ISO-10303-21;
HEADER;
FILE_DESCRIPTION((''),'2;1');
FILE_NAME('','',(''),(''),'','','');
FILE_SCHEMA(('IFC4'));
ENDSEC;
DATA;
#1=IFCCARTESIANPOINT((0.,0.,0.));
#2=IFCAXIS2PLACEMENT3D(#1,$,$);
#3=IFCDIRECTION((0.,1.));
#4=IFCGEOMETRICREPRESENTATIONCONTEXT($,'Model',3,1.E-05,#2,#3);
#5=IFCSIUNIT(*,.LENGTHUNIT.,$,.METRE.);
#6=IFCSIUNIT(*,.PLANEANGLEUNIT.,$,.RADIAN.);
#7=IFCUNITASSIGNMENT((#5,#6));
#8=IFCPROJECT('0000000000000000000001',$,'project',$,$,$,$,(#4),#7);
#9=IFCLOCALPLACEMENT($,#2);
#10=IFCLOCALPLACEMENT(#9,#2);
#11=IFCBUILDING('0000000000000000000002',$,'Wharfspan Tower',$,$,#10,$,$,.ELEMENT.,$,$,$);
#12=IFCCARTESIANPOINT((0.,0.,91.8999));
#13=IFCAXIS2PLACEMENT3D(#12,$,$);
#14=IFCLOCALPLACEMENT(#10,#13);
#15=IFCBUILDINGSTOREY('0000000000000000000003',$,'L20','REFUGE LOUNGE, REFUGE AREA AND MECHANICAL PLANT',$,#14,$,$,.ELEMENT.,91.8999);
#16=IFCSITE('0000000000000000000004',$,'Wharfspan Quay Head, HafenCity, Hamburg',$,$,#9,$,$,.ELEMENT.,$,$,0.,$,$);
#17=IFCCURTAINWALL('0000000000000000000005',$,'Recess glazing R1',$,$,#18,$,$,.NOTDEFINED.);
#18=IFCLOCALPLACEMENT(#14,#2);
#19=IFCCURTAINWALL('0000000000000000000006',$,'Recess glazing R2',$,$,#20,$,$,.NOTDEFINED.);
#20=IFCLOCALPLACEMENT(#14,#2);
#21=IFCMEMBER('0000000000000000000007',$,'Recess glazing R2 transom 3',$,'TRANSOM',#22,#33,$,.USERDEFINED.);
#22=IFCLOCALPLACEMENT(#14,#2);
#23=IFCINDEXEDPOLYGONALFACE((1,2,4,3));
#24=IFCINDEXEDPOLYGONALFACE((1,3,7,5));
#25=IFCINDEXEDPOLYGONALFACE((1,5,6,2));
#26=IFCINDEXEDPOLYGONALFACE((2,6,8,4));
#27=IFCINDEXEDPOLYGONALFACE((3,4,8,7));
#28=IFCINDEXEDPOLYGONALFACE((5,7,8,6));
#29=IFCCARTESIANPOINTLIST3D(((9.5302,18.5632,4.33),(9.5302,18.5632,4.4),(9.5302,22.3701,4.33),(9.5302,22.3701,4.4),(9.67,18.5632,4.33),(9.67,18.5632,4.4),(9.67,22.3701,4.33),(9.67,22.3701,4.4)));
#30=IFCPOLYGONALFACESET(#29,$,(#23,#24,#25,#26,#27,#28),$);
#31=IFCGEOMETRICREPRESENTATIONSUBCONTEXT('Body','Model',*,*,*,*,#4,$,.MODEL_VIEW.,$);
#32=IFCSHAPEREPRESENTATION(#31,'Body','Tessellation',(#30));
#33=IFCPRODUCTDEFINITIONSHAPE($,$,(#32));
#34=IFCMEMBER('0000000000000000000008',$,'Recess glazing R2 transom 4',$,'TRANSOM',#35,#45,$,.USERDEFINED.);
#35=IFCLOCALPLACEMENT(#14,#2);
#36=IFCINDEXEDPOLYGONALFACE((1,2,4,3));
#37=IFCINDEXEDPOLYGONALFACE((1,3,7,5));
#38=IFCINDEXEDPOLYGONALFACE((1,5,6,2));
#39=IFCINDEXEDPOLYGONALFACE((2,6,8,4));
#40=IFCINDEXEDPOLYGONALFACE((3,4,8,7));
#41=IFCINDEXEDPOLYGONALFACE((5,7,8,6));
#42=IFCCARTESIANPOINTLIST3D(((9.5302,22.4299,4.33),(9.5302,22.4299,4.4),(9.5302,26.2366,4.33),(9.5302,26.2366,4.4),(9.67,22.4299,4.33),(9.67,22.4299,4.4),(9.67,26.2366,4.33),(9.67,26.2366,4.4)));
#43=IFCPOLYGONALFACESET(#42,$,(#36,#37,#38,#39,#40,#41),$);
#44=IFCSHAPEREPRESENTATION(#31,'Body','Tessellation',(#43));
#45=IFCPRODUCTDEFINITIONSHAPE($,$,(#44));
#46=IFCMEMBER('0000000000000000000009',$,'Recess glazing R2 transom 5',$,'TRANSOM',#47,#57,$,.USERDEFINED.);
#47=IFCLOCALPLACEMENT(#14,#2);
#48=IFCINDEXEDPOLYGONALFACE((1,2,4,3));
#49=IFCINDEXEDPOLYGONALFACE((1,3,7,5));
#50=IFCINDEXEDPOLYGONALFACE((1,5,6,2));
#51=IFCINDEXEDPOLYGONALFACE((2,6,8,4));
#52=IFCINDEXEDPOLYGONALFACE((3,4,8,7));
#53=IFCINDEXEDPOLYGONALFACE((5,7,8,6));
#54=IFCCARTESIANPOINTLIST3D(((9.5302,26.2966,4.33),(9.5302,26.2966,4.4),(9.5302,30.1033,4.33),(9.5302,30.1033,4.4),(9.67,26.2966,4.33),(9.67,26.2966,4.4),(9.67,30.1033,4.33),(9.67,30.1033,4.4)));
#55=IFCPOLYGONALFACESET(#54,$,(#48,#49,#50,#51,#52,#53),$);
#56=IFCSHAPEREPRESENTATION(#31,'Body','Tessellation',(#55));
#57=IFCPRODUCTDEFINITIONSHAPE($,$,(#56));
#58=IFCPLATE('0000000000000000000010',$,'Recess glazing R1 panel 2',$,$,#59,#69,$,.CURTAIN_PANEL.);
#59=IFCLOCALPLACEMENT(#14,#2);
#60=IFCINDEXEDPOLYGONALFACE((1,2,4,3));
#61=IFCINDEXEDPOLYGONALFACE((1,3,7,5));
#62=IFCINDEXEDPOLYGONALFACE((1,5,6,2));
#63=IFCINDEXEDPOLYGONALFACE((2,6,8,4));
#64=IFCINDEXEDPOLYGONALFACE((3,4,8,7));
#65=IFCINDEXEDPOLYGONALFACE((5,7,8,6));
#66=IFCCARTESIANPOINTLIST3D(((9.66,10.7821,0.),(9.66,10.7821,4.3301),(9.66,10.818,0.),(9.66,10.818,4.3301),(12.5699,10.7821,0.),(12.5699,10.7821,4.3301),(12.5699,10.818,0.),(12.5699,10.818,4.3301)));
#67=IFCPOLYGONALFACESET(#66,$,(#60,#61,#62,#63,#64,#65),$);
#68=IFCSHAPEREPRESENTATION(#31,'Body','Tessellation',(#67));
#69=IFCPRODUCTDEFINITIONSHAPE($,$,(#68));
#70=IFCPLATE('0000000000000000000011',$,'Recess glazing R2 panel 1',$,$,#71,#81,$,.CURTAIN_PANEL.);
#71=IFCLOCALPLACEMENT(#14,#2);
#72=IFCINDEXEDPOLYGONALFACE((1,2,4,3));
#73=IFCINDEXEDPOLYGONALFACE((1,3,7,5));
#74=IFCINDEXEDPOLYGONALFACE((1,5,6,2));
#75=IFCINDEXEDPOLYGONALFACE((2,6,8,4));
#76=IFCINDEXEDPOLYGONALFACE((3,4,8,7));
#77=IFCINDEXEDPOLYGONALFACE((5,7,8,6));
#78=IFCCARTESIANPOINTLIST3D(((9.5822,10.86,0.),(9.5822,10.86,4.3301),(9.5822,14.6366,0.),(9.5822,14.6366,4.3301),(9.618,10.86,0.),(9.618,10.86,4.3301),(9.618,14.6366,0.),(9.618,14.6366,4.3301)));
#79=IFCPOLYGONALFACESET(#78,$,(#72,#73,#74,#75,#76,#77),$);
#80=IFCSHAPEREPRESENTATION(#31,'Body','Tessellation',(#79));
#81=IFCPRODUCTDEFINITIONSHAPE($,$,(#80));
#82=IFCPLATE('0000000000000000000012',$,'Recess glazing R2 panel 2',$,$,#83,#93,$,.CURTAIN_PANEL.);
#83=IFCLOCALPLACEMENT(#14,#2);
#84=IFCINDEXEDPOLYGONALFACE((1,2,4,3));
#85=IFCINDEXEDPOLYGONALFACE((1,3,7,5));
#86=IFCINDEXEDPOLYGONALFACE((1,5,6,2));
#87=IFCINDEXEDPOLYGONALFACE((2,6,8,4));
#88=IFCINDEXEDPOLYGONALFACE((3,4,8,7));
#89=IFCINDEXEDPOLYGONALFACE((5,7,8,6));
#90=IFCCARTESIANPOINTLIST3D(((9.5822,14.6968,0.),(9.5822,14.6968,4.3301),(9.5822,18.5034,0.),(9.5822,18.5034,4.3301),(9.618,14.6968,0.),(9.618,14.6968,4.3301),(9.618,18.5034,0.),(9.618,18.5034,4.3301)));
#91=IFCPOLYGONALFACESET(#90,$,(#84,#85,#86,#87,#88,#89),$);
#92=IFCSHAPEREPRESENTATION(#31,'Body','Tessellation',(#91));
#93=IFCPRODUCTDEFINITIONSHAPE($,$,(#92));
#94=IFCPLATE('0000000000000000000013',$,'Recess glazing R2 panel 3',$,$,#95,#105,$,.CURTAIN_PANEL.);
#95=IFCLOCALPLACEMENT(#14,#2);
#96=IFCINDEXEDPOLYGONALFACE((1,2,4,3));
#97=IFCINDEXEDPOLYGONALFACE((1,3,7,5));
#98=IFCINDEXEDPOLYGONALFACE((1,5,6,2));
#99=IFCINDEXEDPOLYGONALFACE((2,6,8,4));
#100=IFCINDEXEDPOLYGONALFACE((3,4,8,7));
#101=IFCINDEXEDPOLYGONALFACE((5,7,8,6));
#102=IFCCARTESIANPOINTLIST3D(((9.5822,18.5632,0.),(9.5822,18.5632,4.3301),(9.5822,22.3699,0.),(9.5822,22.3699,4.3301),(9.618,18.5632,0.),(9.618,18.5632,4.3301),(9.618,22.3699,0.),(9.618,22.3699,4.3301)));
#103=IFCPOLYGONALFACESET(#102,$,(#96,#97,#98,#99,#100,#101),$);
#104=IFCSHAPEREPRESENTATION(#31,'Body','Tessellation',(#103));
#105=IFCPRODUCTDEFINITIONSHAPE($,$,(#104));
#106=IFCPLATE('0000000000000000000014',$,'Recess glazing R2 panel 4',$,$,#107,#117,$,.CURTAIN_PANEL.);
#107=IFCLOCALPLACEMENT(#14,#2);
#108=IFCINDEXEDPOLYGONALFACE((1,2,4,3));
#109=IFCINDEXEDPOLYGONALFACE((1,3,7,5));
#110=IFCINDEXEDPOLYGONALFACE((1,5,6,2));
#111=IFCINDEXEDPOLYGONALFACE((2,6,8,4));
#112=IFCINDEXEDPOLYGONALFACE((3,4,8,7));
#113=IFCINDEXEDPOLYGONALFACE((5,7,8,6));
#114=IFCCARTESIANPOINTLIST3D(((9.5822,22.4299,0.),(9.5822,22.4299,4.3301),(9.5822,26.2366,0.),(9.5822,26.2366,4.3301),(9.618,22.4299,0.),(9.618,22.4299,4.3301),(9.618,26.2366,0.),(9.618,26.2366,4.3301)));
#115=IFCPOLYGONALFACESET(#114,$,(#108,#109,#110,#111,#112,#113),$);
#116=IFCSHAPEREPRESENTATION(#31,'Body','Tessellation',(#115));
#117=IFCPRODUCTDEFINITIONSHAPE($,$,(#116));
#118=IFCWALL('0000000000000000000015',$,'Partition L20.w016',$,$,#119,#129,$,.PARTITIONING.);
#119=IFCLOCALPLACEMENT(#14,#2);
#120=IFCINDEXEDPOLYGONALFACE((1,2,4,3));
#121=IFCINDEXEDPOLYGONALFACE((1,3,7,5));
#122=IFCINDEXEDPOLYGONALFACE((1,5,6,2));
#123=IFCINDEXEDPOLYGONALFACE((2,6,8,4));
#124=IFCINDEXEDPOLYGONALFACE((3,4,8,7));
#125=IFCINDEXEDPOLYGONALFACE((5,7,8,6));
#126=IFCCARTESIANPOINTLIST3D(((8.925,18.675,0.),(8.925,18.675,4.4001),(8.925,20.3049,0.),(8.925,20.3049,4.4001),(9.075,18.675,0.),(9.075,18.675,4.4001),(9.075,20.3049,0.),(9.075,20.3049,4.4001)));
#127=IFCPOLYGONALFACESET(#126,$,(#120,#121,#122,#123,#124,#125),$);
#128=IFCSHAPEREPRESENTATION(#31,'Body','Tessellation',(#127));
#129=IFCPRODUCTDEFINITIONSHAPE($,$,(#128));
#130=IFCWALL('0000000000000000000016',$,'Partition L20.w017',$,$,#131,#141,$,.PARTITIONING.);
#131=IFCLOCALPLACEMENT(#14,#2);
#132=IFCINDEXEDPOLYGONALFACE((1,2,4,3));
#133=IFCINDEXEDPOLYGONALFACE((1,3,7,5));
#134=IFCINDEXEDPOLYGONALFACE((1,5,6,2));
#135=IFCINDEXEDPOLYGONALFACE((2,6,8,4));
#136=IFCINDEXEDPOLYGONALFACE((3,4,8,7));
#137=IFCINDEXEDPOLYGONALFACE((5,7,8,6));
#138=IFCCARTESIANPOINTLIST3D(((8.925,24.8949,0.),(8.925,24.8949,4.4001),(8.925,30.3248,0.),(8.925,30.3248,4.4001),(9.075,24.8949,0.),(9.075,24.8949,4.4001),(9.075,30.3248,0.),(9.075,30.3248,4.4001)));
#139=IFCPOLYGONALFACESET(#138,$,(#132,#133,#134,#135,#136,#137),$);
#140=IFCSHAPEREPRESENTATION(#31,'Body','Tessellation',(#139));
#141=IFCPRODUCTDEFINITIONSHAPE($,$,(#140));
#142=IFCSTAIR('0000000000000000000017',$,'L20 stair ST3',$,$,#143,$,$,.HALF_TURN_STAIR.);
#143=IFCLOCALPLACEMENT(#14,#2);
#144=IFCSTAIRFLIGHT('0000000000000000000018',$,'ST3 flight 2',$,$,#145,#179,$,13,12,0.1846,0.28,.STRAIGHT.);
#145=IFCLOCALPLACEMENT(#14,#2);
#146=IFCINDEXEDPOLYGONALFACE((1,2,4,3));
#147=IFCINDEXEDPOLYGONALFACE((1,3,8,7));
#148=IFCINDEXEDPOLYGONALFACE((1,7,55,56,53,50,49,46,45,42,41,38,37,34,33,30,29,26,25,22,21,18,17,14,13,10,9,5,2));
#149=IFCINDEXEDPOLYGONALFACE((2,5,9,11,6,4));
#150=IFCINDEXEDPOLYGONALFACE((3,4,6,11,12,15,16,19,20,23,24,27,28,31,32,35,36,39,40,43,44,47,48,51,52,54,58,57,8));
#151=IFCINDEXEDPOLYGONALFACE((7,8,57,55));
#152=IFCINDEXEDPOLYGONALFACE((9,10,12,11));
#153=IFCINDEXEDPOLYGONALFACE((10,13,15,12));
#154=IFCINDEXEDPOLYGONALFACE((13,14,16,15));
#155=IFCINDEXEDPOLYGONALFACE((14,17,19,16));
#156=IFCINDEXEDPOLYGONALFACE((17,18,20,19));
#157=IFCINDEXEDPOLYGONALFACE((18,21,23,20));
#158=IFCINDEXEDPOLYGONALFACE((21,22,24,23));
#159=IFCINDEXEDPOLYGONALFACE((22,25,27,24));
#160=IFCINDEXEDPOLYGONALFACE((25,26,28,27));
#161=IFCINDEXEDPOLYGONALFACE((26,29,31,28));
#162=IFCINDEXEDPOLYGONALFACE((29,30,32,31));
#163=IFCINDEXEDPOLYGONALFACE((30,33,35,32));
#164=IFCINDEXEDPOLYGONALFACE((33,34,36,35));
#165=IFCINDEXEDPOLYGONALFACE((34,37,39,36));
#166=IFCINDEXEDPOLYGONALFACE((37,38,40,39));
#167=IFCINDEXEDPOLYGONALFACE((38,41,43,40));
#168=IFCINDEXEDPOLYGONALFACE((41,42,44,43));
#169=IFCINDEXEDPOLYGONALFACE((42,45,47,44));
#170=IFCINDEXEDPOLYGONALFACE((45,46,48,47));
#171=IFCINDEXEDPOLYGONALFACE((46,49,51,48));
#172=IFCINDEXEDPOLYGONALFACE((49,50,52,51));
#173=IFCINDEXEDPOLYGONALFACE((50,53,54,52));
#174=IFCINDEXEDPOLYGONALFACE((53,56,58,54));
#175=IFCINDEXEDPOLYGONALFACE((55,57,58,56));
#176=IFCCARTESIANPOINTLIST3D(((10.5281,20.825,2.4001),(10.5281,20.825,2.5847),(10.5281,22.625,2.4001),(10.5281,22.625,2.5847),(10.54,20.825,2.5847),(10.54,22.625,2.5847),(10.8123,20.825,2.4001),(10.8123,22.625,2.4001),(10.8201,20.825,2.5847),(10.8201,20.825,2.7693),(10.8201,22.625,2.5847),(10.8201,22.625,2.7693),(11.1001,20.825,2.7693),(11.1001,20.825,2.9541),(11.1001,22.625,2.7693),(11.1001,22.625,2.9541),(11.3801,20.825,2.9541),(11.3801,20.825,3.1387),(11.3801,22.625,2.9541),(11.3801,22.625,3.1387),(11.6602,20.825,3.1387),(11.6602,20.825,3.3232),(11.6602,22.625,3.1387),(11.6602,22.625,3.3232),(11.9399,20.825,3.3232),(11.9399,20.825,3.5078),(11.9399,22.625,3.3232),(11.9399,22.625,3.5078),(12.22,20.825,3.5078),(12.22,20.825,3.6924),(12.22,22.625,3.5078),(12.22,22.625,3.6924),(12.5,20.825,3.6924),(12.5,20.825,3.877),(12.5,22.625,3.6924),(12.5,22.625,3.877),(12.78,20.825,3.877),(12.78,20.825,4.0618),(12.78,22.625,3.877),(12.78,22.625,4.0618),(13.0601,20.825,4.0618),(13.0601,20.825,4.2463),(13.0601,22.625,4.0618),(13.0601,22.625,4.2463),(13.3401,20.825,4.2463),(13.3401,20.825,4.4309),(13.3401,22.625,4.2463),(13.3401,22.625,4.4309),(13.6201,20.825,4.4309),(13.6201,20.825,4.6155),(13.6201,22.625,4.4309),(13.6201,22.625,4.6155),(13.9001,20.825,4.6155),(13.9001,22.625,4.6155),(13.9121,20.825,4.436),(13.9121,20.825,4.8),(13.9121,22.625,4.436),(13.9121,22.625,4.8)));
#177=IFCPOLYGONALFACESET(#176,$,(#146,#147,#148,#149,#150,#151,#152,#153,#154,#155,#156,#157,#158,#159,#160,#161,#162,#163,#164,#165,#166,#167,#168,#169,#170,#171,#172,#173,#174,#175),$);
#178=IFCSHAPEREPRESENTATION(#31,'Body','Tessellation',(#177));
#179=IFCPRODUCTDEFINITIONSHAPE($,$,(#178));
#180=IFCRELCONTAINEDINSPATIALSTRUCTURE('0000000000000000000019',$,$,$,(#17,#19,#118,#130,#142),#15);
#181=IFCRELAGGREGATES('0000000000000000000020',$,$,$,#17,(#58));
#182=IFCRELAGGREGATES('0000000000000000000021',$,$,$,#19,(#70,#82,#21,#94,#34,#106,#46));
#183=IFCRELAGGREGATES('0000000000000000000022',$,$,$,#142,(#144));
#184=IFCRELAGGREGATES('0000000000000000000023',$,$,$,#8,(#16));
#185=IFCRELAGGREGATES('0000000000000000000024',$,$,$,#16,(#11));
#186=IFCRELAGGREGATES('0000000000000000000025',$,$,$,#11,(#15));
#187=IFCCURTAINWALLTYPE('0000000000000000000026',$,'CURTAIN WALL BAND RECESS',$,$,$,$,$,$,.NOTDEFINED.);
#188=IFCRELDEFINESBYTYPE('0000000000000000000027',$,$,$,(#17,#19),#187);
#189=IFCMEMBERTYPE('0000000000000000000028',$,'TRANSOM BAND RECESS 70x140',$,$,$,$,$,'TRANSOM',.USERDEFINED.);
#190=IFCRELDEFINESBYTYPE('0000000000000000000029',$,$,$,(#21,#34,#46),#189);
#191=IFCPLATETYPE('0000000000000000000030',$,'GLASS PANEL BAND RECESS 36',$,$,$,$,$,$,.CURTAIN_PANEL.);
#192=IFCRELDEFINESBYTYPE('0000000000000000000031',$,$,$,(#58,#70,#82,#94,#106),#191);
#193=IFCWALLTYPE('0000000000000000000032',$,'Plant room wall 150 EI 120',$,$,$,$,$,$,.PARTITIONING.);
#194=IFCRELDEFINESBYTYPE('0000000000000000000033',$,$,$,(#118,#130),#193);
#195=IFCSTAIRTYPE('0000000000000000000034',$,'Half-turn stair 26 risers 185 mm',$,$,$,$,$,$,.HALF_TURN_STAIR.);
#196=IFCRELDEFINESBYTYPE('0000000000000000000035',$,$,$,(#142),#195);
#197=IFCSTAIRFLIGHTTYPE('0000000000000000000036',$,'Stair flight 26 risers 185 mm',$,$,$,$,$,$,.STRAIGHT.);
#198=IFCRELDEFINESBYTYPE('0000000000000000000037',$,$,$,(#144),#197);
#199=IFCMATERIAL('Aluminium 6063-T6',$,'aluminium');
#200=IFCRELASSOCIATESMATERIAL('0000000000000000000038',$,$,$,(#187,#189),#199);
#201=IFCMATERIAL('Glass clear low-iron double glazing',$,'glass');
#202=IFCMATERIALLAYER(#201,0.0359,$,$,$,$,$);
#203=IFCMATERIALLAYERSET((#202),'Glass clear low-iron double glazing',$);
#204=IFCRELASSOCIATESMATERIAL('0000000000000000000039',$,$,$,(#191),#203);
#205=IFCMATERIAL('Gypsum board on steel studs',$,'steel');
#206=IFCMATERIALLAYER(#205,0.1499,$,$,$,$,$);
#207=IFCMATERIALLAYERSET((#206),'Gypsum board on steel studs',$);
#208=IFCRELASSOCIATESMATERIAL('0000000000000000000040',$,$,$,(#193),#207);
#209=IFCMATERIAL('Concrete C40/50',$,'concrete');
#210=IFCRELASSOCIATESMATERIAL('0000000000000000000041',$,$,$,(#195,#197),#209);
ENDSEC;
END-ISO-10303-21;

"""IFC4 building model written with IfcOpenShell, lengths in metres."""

from ifc_helpers import new_model, si_unit, direction, frame, frame_2d, origin, origin_2d, place, context, subcontext, project, spatial, polyline, rectangle, outline, extrude, material, layer, layer_set, material_profile, profile_set, type_object, element, aggregate, save


model = new_model("IFC4")

# Units and contexts
model_context = context("Model", 3, precision=1e-05, world=origin(), true_north=direction((0.0, 1.0)))
body_context = subcontext(model_context, "Body", "Model", "MODEL_VIEW")
ifc_project = project(units=[si_unit("LENGTHUNIT", "METRE"), si_unit("PLANEANGLEUNIT", "RADIAN")], contexts=[model_context])

# Site, building, storey
site_placement = place(None, origin())
site = spatial("IfcSite", under=ifc_project, at=site_placement, Name="Wharfspan Quay Head, HafenCity, Hamburg", CompositionType="ELEMENT", RefElevation=0.0)
building_placement = place(site_placement, origin())
building = spatial("IfcBuilding", under=site, at=building_placement, Name="Wharfspan Tower", CompositionType="ELEMENT")
storey_placement = place(building_placement, frame((0.0, 0.0, 91.8999)))
storey = spatial("IfcBuildingStorey", under=building, at=storey_placement, Name="L20", Description="REFUGE LOUNGE, REFUGE AREA AND MECHANICAL PLANT", CompositionType="ELEMENT", Elevation=91.8999)

# Shared definitions
ifc_material_1 = material(Name="Concrete C40/50", Category="concrete")

# Curtain walls
ifc_material_2 = material(Name="Aluminium 6063-T6", Category="aluminium")
curtain_wall_type = type_object("IfcCurtainWallType", Name="CURTAIN WALL BAND RECESS", PredefinedType="NOTDEFINED", material=ifc_material_2)
curtain_wall_1_placement = place(storey_placement, origin())
curtain_wall_1 = element("IfcCurtainWall", 1, at=curtain_wall_1_placement, inside=storey, type_object=curtain_wall_type, Name="Recess glazing R1", PredefinedType="NOTDEFINED")
curtain_wall_2_placement = place(storey_placement, origin())
curtain_wall_2 = element("IfcCurtainWall", 2, at=curtain_wall_2_placement, inside=storey, type_object=curtain_wall_type, Name="Recess glazing R2", PredefinedType="NOTDEFINED")

# Members
ifc_material_profile_1 = material_profile(ifc_material_2, rectangle(XDim=0.1399, YDim=0.0701, at=origin_2d()))
ifc_profile_set_1 = profile_set([ifc_material_profile_1], Name="Aluminium 6063-T6")
member_type_1 = type_object("IfcMemberType", Name="TRANSOM BAND RECESS 70x140", ElementType="TRANSOM", PredefinedType="USERDEFINED", material=ifc_profile_set_1)
member_1_placement = place(storey_placement, frame((9.6001, 18.5632, 4.365), z_axis=(0.0, 1.0, 0.0), x_axis=(-1.0, 0.0, 0.0)))
member_1 = element("IfcMember", 3, at=member_1_placement, type_object=member_type_1, Name="Recess glazing R2 transom 3", ObjectType="TRANSOM", PredefinedType="USERDEFINED", context=body_context, shape_type="SweptSolid", body=[
    extrude(rectangle(XDim=0.1399, YDim=0.0701, at=origin_2d()), origin(), (0.0, 0.0, 1.0), 3.8069),
])
member_2_placement = place(storey_placement, frame((9.6001, 22.4299, 4.365), z_axis=(0.0, 1.0, 0.0), x_axis=(-1.0, 0.0, 0.0)))
member_2 = element("IfcMember", 4, at=member_2_placement, type_object=member_type_1, Name="Recess glazing R2 transom 4", ObjectType="TRANSOM", PredefinedType="USERDEFINED", context=body_context, shape_type="SweptSolid", body=[
    extrude(rectangle(XDim=0.1399, YDim=0.0701, at=origin_2d()), origin(), (0.0, 0.0, 1.0), 3.8066),
])
member_3_placement = place(storey_placement, frame((9.6001, 26.2966, 4.365), z_axis=(0.0, 1.0, 0.0), x_axis=(-1.0, 0.0, 0.0)))
member_3 = element("IfcMember", 5, at=member_3_placement, type_object=member_type_1, Name="Recess glazing R2 transom 5", ObjectType="TRANSOM", PredefinedType="USERDEFINED", context=body_context, shape_type="SweptSolid", body=[
    extrude(rectangle(XDim=0.1399, YDim=0.0701, at=origin_2d()), origin(), (0.0, 0.0, 1.0), 3.8066),
])

# Plates
ifc_material_3 = material(Name="Glass clear low-iron double glazing", Category="glass")
ifc_layer_1 = layer(ifc_material_3, 0.0359)
ifc_layer_set_1 = layer_set([ifc_layer_1], Name="Glass clear low-iron double glazing")
plate_type = type_object("IfcPlateType", Name="GLASS PANEL BAND RECESS 36", PredefinedType="CURTAIN_PANEL", material=ifc_layer_set_1)
plate_1_placement = place(storey_placement, frame((11.115, 10.8, 0.0), z_axis=(0.0, 0.0, 1.0), x_axis=(-1.0, 0.0, 0.0)))
plate_1 = element("IfcPlate", 6, at=plate_1_placement, type_object=plate_type, Name="Recess glazing R1 panel 2", PredefinedType="CURTAIN_PANEL", context=body_context, shape_type="SweptSolid", body=[
    extrude(rectangle(XDim=2.9099, YDim=0.0359, at=origin_2d()), origin(), (0.0, 0.0, 1.0), 4.3301),
])
aggregate(curtain_wall_1, [plate_1])
plate_2_placement = place(storey_placement, frame((9.6001, 12.7483, 0.0), z_axis=(0.0, 0.0, 1.0), x_axis=(0.0, 1.0, 0.0)))
plate_2 = element("IfcPlate", 7, at=plate_2_placement, type_object=plate_type, Name="Recess glazing R2 panel 1", PredefinedType="CURTAIN_PANEL", context=body_context, shape_type="SweptSolid", body=[
    extrude(rectangle(XDim=3.7766, YDim=0.0359, at=origin_2d()), origin(), (0.0, 0.0, 1.0), 4.3301),
])
plate_3_placement = place(storey_placement, frame((9.6001, 16.6001, 0.0), z_axis=(0.0, 0.0, 1.0), x_axis=(0.0, 1.0, 0.0)))
plate_3 = element("IfcPlate", 8, at=plate_3_placement, type_object=plate_type, Name="Recess glazing R2 panel 2", PredefinedType="CURTAIN_PANEL", context=body_context, shape_type="SweptSolid", body=[
    extrude(rectangle(XDim=3.8066, YDim=0.0359, at=origin_2d()), origin(), (0.0, 0.0, 1.0), 4.3301),
])
plate_4_placement = place(storey_placement, frame((9.6001, 20.4666, 0.0), z_axis=(0.0, 0.0, 1.0), x_axis=(0.0, 1.0, 0.0)))
plate_4 = element("IfcPlate", 9, at=plate_4_placement, type_object=plate_type, Name="Recess glazing R2 panel 3", PredefinedType="CURTAIN_PANEL", context=body_context, shape_type="SweptSolid", body=[
    extrude(rectangle(XDim=3.8066, YDim=0.0359, at=origin_2d()), origin(), (0.0, 0.0, 1.0), 4.3301),
])
plate_5_placement = place(storey_placement, frame((9.6001, 24.3333, 0.0), z_axis=(0.0, 0.0, 1.0), x_axis=(0.0, 1.0, 0.0)))
plate_5 = element("IfcPlate", 10, at=plate_5_placement, type_object=plate_type, Name="Recess glazing R2 panel 4", PredefinedType="CURTAIN_PANEL", context=body_context, shape_type="SweptSolid", body=[
    extrude(rectangle(XDim=3.8066, YDim=0.0359, at=origin_2d()), origin(), (0.0, 0.0, 1.0), 4.3301),
])
aggregate(curtain_wall_2, [plate_2, plate_3, member_1, plate_4, member_2, plate_5, member_3])

# Walls
ifc_material_4 = material(Name="Gypsum board on steel studs", Category="steel")
ifc_layer_2 = layer(ifc_material_4, 0.1499)
ifc_layer_set_2 = layer_set([ifc_layer_2], Name="Gypsum board on steel studs")
wall_type = type_object("IfcWallType", Name="Plant room wall 150 EI 120", PredefinedType="PARTITIONING", material=ifc_layer_set_2)
wall_1_placement = place(storey_placement, frame((9.0, 18.675, 0.0), z_axis=(0.0, 0.0, 1.0), x_axis=(0.0, 1.0, 0.0)))
element("IfcWall", 11, at=wall_1_placement, inside=storey, type_object=wall_type, Name="Partition L20.w016", PredefinedType="PARTITIONING", context=body_context, shape_type="SweptSolid", body=[
    extrude(rectangle(XDim=1.6299, YDim=0.1499, at=frame_2d((0.8149, 0.0))), origin(), (0.0, 0.0, 1.0), 4.4001),
])
wall_2_placement = place(storey_placement, frame((9.0, 24.895, 0.0), z_axis=(0.0, 0.0, 1.0), x_axis=(0.0, 1.0, 0.0)))
element("IfcWall", 12, at=wall_2_placement, inside=storey, type_object=wall_type, Name="Partition L20.w017", PredefinedType="PARTITIONING", context=body_context, shape_type="SweptSolid", body=[
    extrude(rectangle(XDim=5.4299, YDim=0.1499, at=frame_2d((2.7148, 0.0))), origin(), (0.0, 0.0, 1.0), 4.4001),
])

# Stair, stair flight
stair_type = type_object("IfcStairType", Name="Half-turn stair 26 risers 185 mm", PredefinedType="HALF_TURN_STAIR", material=ifc_material_1)
stair_placement = place(storey_placement, origin())
stair = element("IfcStair", 13, at=stair_placement, inside=storey, type_object=stair_type, Name="L20 stair ST3", PredefinedType="HALF_TURN_STAIR")
stair_flight_type = type_object("IfcStairFlightType", Name="Stair flight 26 risers 185 mm", PredefinedType="STRAIGHT", material=ifc_material_1)
stair_flight_placement = place(storey_placement, frame((10.54, 21.7251, 2.4001), z_axis=(0.0, 0.0, 1.0), x_axis=(1.0, 0.0, 0.0)))
stair_flight = element("IfcStairFlight", 14, at=stair_flight_placement, type_object=stair_flight_type, Name="ST3 flight 2", NumberOfRisers=13, NumberOfTreads=12, PredefinedType="STRAIGHT", RiserHeight=0.1846, TreadLength=0.28, context=body_context, shape_type="SweptSolid", body=[
    extrude(outline(polyline([(-0.012, 0.0), (-0.012, 0.1846), (0.0, 0.1846), (0.28, 0.1846), (0.28, 0.3691), (0.5601, 0.3691), (0.5601, 0.554), (0.8401, 0.554), (0.8401, 0.7385), (1.1201, 0.7385), (1.1201, 0.9231), (1.3999, 0.9231), (1.3999, 1.1077), (1.6799, 1.1077), (1.6799, 1.2922), (1.96, 1.2922), (1.96, 1.4768), (2.24, 1.4768), (2.24, 1.6616), (2.52, 1.6616), (2.52, 1.8462), (2.8, 1.8462), (2.8, 2.0308), (3.0801, 2.0308), (3.0801, 2.2153), (3.3601, 2.2153), (3.3721, 2.3999), (3.3721, 2.0359), (0.2722, 0.0), (-0.012, 0.0)])), frame((0.0, 0.8999, 0.0), z_axis=(0.0, -1.0, 0.0), x_axis=(1.0, 0.0, 0.0)), (0.0, 0.0, 1.0), 1.8),
])
aggregate(stair, [stair_flight])

save(model, "model.ifc")
